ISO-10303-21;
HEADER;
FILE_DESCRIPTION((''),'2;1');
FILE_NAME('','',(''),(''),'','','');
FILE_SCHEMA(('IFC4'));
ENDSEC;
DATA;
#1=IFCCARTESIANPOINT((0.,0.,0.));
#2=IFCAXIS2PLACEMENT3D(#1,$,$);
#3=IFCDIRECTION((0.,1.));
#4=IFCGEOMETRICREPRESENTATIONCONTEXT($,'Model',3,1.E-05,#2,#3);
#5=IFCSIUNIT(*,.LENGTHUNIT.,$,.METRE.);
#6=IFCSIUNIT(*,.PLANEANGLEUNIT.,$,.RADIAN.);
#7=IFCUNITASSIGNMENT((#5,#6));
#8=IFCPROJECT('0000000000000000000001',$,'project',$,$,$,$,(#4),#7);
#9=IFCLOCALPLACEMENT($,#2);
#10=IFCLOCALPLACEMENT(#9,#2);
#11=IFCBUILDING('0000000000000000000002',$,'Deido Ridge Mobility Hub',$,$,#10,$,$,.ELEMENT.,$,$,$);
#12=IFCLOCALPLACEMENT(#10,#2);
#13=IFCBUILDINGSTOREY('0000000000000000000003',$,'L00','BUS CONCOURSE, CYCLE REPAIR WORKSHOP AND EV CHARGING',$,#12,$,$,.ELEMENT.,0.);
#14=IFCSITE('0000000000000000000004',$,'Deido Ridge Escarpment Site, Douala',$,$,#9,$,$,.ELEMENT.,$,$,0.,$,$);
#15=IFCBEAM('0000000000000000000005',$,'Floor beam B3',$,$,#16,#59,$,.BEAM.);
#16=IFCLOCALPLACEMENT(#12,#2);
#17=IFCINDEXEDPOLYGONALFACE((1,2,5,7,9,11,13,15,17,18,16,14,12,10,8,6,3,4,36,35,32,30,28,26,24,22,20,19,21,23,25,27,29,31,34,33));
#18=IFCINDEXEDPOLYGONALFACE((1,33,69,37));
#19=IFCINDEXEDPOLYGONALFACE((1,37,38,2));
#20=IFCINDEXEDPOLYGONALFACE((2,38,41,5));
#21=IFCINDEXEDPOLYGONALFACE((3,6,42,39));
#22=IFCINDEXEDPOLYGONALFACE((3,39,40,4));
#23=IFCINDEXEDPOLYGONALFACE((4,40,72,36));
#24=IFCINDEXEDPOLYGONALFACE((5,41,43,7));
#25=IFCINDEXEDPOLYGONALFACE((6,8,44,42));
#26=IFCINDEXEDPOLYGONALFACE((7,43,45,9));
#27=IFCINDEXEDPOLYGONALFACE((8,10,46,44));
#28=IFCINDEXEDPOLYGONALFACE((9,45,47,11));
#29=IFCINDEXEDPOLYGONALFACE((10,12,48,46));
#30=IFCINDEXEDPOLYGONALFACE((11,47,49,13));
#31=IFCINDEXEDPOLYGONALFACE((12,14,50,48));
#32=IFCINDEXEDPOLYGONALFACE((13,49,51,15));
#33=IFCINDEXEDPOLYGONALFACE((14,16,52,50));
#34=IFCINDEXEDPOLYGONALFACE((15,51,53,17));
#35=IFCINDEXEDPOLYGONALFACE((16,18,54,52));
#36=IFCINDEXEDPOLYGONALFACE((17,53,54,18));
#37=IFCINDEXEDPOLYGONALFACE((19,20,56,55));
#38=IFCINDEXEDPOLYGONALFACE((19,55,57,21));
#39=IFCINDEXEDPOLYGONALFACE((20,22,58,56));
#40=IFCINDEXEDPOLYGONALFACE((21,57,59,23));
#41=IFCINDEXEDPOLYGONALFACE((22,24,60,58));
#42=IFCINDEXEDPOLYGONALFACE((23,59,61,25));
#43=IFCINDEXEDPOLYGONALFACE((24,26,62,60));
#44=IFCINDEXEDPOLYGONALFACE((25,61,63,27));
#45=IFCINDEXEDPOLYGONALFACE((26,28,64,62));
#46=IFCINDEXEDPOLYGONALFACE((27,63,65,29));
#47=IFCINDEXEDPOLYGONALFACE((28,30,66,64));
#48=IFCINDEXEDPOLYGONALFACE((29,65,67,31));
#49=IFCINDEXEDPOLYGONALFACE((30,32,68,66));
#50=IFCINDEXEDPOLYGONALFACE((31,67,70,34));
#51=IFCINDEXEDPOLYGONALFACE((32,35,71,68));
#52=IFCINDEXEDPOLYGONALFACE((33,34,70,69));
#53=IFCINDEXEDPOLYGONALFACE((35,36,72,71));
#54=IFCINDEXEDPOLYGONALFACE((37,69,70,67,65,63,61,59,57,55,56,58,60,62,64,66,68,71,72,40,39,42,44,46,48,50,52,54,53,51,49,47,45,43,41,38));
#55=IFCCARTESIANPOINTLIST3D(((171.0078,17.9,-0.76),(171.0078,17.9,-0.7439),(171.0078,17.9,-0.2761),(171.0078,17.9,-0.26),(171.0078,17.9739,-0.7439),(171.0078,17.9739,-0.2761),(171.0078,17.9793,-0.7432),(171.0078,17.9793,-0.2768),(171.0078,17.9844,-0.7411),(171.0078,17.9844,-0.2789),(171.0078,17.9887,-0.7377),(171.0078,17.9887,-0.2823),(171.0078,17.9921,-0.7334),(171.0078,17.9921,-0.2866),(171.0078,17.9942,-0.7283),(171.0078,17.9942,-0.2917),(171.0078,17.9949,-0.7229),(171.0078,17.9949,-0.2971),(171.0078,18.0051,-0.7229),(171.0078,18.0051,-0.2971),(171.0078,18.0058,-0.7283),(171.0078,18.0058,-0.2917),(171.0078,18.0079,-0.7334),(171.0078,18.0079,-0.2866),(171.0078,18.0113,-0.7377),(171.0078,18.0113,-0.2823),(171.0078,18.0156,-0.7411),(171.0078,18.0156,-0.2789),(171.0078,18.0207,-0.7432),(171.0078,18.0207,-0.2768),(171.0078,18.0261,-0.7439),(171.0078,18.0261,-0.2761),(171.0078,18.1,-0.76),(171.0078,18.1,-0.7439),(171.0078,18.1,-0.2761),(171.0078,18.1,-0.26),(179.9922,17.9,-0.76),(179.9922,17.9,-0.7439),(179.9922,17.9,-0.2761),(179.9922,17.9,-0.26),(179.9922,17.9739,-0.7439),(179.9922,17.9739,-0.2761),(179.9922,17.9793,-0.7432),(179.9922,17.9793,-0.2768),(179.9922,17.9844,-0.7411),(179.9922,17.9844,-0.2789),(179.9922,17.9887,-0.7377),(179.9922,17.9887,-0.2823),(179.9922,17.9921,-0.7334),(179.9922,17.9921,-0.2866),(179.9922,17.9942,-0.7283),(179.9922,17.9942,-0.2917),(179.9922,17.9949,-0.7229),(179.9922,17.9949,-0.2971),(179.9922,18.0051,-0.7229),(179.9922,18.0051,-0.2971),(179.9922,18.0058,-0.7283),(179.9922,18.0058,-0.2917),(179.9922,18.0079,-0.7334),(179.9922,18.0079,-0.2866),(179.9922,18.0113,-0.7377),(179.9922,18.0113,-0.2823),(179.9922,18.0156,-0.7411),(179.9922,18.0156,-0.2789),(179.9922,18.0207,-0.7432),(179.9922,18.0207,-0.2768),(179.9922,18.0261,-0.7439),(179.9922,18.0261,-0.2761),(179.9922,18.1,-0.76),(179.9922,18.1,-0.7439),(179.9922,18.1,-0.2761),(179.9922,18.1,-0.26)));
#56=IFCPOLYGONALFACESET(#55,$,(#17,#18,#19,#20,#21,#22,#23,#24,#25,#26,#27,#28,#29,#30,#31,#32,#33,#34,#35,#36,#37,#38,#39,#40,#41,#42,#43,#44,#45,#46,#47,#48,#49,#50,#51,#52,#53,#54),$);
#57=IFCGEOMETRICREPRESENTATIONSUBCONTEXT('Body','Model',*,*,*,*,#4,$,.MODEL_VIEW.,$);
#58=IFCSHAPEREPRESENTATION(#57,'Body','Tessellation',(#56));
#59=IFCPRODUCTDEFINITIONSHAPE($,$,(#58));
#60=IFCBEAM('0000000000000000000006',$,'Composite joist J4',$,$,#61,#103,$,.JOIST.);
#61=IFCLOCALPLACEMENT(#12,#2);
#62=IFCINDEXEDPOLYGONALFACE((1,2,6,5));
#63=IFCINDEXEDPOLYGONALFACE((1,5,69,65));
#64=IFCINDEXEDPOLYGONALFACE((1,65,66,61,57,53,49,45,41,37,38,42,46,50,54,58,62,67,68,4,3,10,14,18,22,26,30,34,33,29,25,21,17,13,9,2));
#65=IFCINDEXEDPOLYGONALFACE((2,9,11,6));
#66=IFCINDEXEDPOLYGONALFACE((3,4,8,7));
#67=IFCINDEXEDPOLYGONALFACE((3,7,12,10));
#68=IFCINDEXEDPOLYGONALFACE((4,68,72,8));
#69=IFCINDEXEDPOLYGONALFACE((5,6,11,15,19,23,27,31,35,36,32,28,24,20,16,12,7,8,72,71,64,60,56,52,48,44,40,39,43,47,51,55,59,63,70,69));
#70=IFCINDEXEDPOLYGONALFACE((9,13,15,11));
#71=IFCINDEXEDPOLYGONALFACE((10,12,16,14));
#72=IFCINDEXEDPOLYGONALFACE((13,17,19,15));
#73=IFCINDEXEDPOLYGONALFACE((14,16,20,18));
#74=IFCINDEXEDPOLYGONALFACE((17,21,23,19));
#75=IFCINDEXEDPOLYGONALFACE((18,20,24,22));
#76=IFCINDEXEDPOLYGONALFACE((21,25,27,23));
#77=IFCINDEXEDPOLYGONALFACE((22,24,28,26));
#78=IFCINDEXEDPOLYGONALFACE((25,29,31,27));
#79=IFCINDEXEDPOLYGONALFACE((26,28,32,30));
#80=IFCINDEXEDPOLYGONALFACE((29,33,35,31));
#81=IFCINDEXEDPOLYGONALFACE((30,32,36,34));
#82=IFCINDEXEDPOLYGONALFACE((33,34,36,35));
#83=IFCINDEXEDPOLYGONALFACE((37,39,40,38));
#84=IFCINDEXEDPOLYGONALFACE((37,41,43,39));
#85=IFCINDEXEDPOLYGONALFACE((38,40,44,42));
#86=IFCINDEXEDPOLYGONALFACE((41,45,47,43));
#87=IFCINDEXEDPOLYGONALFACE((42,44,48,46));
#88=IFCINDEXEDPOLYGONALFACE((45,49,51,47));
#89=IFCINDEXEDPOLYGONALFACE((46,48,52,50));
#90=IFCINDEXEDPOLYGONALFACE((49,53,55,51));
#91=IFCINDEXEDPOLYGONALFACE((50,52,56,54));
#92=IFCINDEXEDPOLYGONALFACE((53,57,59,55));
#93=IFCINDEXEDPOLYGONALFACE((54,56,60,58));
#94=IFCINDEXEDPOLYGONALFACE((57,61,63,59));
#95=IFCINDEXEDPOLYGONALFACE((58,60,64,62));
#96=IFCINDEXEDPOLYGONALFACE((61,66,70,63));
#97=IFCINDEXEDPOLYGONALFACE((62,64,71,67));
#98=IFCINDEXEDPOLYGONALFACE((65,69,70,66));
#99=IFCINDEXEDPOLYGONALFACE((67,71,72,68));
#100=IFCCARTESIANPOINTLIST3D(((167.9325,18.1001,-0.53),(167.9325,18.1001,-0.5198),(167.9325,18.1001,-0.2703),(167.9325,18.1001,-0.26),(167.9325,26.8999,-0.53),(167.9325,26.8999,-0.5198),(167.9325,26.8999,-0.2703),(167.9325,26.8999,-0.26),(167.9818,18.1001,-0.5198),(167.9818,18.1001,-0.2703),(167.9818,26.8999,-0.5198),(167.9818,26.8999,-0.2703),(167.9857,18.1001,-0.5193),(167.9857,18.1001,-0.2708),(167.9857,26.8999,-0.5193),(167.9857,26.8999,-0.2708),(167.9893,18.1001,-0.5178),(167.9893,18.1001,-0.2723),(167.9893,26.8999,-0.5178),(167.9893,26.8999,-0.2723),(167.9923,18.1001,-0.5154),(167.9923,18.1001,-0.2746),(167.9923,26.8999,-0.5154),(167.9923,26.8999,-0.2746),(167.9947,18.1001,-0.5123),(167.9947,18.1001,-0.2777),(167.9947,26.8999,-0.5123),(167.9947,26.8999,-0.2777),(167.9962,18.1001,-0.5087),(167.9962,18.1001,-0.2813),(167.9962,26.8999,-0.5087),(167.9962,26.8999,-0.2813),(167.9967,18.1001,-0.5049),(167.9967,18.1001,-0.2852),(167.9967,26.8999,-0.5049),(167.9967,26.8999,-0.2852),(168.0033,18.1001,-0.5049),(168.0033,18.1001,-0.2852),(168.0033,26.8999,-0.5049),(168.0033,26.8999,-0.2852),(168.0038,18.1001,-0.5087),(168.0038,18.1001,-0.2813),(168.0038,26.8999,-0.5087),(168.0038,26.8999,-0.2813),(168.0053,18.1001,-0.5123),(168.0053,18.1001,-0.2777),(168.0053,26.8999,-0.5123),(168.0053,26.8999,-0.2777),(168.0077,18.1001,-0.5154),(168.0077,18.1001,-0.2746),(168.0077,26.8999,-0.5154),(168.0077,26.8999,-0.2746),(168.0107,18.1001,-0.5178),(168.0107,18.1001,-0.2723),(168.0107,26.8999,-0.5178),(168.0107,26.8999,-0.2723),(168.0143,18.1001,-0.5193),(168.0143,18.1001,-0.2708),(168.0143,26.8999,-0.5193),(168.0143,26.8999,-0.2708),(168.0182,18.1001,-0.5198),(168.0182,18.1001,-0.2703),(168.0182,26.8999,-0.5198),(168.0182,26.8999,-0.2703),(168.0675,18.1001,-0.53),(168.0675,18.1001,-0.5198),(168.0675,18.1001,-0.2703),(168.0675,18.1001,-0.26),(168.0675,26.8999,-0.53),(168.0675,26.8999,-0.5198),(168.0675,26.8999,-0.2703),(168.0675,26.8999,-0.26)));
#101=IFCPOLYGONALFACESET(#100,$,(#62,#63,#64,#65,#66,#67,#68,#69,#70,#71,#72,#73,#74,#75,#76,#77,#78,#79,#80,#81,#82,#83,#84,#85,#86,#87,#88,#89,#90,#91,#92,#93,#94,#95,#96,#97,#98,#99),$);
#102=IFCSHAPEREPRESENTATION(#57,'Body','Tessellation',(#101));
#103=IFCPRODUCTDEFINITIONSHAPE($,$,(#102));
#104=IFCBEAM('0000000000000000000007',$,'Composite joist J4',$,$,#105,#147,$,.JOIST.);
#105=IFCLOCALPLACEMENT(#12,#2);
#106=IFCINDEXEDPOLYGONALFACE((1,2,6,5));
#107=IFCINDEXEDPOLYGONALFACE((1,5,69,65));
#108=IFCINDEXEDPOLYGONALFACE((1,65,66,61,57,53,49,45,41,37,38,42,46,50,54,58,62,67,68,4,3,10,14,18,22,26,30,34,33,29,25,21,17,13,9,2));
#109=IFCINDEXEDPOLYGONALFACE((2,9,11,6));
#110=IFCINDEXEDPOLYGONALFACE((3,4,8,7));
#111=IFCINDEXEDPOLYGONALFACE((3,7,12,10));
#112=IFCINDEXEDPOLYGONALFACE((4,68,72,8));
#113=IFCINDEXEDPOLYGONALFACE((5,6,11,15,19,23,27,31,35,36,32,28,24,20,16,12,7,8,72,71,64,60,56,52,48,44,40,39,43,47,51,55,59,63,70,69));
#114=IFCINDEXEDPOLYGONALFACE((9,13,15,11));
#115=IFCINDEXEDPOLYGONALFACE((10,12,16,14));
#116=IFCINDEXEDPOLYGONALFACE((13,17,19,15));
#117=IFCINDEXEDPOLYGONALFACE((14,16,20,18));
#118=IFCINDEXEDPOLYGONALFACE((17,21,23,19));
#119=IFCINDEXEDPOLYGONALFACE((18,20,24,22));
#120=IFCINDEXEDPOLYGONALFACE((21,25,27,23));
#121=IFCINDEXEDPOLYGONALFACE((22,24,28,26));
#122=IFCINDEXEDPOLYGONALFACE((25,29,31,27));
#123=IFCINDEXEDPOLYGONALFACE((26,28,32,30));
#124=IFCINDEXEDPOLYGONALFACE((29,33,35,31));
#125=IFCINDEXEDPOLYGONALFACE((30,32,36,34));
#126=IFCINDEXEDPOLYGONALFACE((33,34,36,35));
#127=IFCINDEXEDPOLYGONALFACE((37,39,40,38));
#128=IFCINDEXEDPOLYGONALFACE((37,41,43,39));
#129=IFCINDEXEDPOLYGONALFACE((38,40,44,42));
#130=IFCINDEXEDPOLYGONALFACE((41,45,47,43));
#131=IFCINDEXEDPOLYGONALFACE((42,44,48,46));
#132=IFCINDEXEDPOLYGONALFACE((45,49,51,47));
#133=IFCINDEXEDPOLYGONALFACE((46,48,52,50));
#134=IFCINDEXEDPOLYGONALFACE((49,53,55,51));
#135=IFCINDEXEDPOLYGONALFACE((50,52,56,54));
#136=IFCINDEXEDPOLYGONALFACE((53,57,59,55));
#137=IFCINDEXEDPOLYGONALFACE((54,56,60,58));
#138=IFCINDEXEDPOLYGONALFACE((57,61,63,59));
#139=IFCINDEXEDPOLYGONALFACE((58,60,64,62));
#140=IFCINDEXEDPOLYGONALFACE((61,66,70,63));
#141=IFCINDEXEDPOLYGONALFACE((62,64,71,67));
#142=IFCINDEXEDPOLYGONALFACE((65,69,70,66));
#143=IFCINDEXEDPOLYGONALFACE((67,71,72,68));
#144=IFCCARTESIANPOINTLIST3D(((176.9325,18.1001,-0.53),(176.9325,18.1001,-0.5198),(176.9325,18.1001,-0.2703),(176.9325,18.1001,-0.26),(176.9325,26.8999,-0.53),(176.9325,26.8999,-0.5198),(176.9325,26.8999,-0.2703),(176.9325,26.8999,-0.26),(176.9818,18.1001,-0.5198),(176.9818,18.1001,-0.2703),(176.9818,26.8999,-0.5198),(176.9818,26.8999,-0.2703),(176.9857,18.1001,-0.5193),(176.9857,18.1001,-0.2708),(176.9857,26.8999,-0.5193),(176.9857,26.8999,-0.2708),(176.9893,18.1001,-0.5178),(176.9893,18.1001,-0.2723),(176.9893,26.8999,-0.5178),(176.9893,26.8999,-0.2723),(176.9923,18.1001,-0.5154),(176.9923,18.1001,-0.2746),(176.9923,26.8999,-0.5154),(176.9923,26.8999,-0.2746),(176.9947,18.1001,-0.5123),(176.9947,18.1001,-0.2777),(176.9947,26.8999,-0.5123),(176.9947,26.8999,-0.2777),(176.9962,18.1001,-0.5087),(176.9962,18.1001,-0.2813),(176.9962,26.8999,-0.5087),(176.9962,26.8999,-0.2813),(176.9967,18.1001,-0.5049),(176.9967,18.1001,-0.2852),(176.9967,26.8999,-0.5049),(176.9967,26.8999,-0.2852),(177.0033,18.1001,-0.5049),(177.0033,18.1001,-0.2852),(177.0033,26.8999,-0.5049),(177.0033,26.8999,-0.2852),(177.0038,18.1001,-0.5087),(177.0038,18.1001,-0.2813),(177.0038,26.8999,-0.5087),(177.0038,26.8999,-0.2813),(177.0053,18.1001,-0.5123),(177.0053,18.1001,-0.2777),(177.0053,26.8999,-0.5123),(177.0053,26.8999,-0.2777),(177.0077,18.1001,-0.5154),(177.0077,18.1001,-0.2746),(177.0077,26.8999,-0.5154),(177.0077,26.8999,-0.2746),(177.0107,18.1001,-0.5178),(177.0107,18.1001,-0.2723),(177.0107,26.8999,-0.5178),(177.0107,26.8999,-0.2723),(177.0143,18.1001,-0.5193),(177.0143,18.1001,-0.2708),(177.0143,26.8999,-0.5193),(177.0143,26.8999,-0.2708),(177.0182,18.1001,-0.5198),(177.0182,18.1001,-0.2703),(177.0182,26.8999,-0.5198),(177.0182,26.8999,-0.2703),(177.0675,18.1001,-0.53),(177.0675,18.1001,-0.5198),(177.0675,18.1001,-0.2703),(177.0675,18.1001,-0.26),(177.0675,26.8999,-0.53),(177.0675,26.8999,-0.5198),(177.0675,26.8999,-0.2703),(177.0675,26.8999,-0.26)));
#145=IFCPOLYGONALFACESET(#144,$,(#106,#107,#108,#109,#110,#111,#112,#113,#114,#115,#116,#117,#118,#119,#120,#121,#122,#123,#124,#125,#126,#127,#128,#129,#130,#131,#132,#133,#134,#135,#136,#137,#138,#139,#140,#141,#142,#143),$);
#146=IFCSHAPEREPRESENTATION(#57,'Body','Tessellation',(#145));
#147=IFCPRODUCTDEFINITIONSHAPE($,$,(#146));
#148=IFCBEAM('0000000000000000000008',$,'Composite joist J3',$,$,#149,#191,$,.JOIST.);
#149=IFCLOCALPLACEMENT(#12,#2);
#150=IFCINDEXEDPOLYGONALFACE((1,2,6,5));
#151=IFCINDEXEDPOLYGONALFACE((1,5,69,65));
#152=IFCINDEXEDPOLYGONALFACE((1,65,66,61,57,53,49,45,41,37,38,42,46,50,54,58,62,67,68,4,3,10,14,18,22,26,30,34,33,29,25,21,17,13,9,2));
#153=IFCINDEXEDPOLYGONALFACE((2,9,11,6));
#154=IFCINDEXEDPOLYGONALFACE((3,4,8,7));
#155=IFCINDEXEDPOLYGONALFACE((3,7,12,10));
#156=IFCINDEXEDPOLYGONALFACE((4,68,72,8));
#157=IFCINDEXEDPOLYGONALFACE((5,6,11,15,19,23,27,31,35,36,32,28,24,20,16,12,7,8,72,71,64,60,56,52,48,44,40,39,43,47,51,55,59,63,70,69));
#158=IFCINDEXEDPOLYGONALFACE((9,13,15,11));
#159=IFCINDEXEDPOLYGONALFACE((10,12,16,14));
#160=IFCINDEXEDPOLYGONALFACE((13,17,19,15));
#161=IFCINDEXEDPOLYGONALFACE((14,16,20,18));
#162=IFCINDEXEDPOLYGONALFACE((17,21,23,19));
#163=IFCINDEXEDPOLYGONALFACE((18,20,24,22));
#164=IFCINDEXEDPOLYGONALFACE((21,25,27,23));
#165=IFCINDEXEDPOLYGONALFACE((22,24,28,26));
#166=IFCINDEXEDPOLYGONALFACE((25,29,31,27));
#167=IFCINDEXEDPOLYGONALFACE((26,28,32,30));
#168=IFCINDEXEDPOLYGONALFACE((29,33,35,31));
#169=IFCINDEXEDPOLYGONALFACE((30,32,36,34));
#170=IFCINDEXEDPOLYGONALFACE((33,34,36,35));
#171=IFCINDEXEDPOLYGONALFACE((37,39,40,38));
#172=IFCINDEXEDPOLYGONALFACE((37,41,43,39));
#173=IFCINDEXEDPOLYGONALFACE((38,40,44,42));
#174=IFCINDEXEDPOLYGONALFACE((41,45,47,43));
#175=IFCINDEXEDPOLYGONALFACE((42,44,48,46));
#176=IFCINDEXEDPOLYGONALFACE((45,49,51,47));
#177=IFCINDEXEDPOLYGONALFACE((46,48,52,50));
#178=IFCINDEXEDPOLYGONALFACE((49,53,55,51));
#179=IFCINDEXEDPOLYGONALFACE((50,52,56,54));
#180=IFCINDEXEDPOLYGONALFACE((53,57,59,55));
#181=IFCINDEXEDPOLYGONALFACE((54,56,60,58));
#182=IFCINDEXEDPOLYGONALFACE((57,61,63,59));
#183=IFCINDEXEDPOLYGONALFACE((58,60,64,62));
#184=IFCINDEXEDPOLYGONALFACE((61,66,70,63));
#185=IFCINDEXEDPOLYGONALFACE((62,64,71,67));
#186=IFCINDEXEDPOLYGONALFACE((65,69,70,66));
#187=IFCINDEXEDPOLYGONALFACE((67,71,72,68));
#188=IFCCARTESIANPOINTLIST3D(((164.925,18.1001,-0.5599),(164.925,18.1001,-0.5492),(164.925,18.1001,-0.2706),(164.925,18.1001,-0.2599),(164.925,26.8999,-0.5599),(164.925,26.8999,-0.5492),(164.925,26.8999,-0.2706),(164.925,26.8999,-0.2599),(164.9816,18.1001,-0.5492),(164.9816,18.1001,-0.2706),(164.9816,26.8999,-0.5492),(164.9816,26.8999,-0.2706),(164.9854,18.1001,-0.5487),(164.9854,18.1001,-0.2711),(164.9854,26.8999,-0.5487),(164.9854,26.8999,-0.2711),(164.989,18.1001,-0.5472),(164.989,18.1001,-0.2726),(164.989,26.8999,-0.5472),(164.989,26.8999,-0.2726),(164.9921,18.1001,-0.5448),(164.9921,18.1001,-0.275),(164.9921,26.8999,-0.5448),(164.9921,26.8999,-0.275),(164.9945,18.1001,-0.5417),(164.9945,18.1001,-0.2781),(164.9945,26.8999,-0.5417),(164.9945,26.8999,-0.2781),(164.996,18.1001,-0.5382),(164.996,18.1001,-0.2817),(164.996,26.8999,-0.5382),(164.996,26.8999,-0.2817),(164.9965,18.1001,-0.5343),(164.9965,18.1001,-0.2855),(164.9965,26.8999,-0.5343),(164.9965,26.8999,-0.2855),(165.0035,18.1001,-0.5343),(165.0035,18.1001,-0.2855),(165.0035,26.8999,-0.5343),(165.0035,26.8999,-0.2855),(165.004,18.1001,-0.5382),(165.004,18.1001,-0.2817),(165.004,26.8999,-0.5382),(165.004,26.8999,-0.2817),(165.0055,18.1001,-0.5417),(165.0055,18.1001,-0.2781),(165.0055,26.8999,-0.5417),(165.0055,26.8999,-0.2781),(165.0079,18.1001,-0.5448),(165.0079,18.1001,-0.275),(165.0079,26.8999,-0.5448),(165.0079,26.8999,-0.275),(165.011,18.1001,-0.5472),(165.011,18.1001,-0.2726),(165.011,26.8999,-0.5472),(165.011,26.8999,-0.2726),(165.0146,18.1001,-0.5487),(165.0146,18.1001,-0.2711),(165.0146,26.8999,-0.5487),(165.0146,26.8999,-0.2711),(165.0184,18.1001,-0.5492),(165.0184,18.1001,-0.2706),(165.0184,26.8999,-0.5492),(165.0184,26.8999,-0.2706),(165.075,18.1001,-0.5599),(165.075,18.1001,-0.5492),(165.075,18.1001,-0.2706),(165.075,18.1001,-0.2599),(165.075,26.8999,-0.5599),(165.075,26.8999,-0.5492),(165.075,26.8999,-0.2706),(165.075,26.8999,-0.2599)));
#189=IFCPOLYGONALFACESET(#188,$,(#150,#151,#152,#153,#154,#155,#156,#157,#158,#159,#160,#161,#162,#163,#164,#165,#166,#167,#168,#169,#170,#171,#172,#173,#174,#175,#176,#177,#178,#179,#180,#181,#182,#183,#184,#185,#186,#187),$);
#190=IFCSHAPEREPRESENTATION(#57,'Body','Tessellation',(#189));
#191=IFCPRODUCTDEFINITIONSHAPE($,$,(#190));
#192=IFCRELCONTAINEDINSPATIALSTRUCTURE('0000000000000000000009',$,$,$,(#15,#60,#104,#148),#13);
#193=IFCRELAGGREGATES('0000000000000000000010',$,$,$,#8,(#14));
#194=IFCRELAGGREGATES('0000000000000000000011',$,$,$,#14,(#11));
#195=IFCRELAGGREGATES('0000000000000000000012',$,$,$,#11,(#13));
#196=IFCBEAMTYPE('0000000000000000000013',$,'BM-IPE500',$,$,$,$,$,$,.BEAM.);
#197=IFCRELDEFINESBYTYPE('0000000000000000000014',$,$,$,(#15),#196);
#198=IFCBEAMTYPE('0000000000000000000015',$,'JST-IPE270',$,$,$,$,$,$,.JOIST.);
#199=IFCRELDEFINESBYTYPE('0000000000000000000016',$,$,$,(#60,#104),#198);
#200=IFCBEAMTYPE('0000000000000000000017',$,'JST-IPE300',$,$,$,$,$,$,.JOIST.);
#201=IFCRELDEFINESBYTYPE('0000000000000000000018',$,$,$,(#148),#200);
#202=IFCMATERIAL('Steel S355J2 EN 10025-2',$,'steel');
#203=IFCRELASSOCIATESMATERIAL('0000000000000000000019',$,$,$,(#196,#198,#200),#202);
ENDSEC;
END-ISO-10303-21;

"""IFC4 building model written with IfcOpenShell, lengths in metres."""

from ifc_helpers import new_model, si_unit, direction, frame, origin, origin_2d, place, context, subcontext, project, spatial, i_section, extrude, material, material_profile, profile_set, type_object, element, save


model = new_model("IFC4")

# Units and contexts
model_context = context("Model", 3, precision=1e-05, world=origin(), true_north=direction((0.0, 1.0)))
body_context = subcontext(model_context, "Body", "Model", "MODEL_VIEW")
ifc_project = project(units=[si_unit("LENGTHUNIT", "METRE"), si_unit("PLANEANGLEUNIT", "RADIAN")], contexts=[model_context])

# Site, building, storey
site_placement = place(None, origin())
site = spatial("IfcSite", under=ifc_project, at=site_placement, Name="Deido Ridge Escarpment Site, Douala", CompositionType="ELEMENT", RefElevation=0.0)
building_placement = place(site_placement, origin())
building = spatial("IfcBuilding", under=site, at=building_placement, Name="Deido Ridge Mobility Hub", CompositionType="ELEMENT")
storey_placement = place(building_placement, origin())
storey = spatial("IfcBuildingStorey", under=building, at=storey_placement, Name="L00", Description="BUS CONCOURSE, CYCLE REPAIR WORKSHOP AND EV CHARGING", CompositionType="ELEMENT", Elevation=0.0)

# Shared definitions
ifc_material_1 = material(Name="Steel S355J2 EN 10025-2", Category="steel")

# Beams
ifc_material_profile_1 = material_profile(ifc_material_1, i_section(OverallWidth=0.2, OverallDepth=0.5, WebThickness=0.0103, FlangeThickness=0.0161, FilletRadius=0.021, at=origin_2d()), Name="IPE 500")
ifc_profile_set_1 = profile_set([ifc_material_profile_1], Name="Steel S355J2 EN 10025-2")
beam_type_1 = type_object("IfcBeamType", Name="BM-IPE500", PredefinedType="BEAM", material=ifc_profile_set_1)
beam_1_placement = place(storey_placement, frame((171.0078, 18.0, -0.51), z_axis=(1.0, 0.0, 0.0), x_axis=(0.0, 1.0, 0.0)))
element("IfcBeam", 1, at=beam_1_placement, inside=storey, type_object=beam_type_1, Name="Floor beam B3", PredefinedType="BEAM", context=body_context, shape_type="SweptSolid", body=[
    extrude(i_section(OverallWidth=0.2, OverallDepth=0.5, WebThickness=0.0103, FlangeThickness=0.0161, FilletRadius=0.021, at=origin_2d()), origin(), (0.0, 0.0, 1.0), 8.9844),
])
ifc_material_profile_2 = material_profile(ifc_material_1, i_section(OverallWidth=0.135, OverallDepth=0.27, WebThickness=0.0066, FlangeThickness=0.0103, FilletRadius=0.0149, at=origin_2d()), Name="IPE 270")
ifc_profile_set_2 = profile_set([ifc_material_profile_2], Name="Steel S355J2 EN 10025-2")
beam_type_2 = type_object("IfcBeamType", Name="JST-IPE270", PredefinedType="JOIST", material=ifc_profile_set_2)
for number, where, z_axis, x_axis, name in (
    (2, (168.0, 18.1001, -0.395), (0.0, 1.0, 0.0), (-1.0, 0.0, 0.0), "Composite joist J4"),
    (3, (177.0, 18.1001, -0.395), (0.0, 1.0, 0.0), (-1.0, 0.0, 0.0), "Composite joist J4"),
):
    element("IfcBeam", number, at=place(storey_placement, frame(where, z_axis=z_axis, x_axis=x_axis)), inside=storey, type_object=beam_type_2, Name=name, PredefinedType="JOIST", context=body_context, shape_type="SweptSolid", body=[
        extrude(i_section(OverallWidth=0.135, OverallDepth=0.27, WebThickness=0.0066, FlangeThickness=0.0103, FilletRadius=0.0149, at=origin_2d()), origin(), (0.0, 0.0, 1.0), 8.7998),
    ])
ifc_material_profile_3 = material_profile(ifc_material_1, i_section(OverallWidth=0.1499, OverallDepth=0.3, WebThickness=0.0071, FlangeThickness=0.0107, FilletRadius=0.0149, at=origin_2d()), Name="IPE 300")
ifc_profile_set_3 = profile_set([ifc_material_profile_3], Name="Steel S355J2 EN 10025-2")
beam_type_3 = type_object("IfcBeamType", Name="JST-IPE300", PredefinedType="JOIST", material=ifc_profile_set_3)
for number, where, z_axis, x_axis, name in (
    (4, (165.0, 18.1001, -0.4099), (0.0, 1.0, 0.0), (-1.0, 0.0, 0.0), "Composite joist J3"),
):
    element("IfcBeam", number, at=place(storey_placement, frame(where, z_axis=z_axis, x_axis=x_axis)), inside=storey, type_object=beam_type_3, Name=name, PredefinedType="JOIST", context=body_context, shape_type="SweptSolid", body=[
        extrude(i_section(OverallWidth=0.1499, OverallDepth=0.3, WebThickness=0.0071, FlangeThickness=0.0107, FilletRadius=0.0149, at=origin_2d()), origin(), (0.0, 0.0, 1.0), 8.7998),
    ])

save(model, "model.ifc")
